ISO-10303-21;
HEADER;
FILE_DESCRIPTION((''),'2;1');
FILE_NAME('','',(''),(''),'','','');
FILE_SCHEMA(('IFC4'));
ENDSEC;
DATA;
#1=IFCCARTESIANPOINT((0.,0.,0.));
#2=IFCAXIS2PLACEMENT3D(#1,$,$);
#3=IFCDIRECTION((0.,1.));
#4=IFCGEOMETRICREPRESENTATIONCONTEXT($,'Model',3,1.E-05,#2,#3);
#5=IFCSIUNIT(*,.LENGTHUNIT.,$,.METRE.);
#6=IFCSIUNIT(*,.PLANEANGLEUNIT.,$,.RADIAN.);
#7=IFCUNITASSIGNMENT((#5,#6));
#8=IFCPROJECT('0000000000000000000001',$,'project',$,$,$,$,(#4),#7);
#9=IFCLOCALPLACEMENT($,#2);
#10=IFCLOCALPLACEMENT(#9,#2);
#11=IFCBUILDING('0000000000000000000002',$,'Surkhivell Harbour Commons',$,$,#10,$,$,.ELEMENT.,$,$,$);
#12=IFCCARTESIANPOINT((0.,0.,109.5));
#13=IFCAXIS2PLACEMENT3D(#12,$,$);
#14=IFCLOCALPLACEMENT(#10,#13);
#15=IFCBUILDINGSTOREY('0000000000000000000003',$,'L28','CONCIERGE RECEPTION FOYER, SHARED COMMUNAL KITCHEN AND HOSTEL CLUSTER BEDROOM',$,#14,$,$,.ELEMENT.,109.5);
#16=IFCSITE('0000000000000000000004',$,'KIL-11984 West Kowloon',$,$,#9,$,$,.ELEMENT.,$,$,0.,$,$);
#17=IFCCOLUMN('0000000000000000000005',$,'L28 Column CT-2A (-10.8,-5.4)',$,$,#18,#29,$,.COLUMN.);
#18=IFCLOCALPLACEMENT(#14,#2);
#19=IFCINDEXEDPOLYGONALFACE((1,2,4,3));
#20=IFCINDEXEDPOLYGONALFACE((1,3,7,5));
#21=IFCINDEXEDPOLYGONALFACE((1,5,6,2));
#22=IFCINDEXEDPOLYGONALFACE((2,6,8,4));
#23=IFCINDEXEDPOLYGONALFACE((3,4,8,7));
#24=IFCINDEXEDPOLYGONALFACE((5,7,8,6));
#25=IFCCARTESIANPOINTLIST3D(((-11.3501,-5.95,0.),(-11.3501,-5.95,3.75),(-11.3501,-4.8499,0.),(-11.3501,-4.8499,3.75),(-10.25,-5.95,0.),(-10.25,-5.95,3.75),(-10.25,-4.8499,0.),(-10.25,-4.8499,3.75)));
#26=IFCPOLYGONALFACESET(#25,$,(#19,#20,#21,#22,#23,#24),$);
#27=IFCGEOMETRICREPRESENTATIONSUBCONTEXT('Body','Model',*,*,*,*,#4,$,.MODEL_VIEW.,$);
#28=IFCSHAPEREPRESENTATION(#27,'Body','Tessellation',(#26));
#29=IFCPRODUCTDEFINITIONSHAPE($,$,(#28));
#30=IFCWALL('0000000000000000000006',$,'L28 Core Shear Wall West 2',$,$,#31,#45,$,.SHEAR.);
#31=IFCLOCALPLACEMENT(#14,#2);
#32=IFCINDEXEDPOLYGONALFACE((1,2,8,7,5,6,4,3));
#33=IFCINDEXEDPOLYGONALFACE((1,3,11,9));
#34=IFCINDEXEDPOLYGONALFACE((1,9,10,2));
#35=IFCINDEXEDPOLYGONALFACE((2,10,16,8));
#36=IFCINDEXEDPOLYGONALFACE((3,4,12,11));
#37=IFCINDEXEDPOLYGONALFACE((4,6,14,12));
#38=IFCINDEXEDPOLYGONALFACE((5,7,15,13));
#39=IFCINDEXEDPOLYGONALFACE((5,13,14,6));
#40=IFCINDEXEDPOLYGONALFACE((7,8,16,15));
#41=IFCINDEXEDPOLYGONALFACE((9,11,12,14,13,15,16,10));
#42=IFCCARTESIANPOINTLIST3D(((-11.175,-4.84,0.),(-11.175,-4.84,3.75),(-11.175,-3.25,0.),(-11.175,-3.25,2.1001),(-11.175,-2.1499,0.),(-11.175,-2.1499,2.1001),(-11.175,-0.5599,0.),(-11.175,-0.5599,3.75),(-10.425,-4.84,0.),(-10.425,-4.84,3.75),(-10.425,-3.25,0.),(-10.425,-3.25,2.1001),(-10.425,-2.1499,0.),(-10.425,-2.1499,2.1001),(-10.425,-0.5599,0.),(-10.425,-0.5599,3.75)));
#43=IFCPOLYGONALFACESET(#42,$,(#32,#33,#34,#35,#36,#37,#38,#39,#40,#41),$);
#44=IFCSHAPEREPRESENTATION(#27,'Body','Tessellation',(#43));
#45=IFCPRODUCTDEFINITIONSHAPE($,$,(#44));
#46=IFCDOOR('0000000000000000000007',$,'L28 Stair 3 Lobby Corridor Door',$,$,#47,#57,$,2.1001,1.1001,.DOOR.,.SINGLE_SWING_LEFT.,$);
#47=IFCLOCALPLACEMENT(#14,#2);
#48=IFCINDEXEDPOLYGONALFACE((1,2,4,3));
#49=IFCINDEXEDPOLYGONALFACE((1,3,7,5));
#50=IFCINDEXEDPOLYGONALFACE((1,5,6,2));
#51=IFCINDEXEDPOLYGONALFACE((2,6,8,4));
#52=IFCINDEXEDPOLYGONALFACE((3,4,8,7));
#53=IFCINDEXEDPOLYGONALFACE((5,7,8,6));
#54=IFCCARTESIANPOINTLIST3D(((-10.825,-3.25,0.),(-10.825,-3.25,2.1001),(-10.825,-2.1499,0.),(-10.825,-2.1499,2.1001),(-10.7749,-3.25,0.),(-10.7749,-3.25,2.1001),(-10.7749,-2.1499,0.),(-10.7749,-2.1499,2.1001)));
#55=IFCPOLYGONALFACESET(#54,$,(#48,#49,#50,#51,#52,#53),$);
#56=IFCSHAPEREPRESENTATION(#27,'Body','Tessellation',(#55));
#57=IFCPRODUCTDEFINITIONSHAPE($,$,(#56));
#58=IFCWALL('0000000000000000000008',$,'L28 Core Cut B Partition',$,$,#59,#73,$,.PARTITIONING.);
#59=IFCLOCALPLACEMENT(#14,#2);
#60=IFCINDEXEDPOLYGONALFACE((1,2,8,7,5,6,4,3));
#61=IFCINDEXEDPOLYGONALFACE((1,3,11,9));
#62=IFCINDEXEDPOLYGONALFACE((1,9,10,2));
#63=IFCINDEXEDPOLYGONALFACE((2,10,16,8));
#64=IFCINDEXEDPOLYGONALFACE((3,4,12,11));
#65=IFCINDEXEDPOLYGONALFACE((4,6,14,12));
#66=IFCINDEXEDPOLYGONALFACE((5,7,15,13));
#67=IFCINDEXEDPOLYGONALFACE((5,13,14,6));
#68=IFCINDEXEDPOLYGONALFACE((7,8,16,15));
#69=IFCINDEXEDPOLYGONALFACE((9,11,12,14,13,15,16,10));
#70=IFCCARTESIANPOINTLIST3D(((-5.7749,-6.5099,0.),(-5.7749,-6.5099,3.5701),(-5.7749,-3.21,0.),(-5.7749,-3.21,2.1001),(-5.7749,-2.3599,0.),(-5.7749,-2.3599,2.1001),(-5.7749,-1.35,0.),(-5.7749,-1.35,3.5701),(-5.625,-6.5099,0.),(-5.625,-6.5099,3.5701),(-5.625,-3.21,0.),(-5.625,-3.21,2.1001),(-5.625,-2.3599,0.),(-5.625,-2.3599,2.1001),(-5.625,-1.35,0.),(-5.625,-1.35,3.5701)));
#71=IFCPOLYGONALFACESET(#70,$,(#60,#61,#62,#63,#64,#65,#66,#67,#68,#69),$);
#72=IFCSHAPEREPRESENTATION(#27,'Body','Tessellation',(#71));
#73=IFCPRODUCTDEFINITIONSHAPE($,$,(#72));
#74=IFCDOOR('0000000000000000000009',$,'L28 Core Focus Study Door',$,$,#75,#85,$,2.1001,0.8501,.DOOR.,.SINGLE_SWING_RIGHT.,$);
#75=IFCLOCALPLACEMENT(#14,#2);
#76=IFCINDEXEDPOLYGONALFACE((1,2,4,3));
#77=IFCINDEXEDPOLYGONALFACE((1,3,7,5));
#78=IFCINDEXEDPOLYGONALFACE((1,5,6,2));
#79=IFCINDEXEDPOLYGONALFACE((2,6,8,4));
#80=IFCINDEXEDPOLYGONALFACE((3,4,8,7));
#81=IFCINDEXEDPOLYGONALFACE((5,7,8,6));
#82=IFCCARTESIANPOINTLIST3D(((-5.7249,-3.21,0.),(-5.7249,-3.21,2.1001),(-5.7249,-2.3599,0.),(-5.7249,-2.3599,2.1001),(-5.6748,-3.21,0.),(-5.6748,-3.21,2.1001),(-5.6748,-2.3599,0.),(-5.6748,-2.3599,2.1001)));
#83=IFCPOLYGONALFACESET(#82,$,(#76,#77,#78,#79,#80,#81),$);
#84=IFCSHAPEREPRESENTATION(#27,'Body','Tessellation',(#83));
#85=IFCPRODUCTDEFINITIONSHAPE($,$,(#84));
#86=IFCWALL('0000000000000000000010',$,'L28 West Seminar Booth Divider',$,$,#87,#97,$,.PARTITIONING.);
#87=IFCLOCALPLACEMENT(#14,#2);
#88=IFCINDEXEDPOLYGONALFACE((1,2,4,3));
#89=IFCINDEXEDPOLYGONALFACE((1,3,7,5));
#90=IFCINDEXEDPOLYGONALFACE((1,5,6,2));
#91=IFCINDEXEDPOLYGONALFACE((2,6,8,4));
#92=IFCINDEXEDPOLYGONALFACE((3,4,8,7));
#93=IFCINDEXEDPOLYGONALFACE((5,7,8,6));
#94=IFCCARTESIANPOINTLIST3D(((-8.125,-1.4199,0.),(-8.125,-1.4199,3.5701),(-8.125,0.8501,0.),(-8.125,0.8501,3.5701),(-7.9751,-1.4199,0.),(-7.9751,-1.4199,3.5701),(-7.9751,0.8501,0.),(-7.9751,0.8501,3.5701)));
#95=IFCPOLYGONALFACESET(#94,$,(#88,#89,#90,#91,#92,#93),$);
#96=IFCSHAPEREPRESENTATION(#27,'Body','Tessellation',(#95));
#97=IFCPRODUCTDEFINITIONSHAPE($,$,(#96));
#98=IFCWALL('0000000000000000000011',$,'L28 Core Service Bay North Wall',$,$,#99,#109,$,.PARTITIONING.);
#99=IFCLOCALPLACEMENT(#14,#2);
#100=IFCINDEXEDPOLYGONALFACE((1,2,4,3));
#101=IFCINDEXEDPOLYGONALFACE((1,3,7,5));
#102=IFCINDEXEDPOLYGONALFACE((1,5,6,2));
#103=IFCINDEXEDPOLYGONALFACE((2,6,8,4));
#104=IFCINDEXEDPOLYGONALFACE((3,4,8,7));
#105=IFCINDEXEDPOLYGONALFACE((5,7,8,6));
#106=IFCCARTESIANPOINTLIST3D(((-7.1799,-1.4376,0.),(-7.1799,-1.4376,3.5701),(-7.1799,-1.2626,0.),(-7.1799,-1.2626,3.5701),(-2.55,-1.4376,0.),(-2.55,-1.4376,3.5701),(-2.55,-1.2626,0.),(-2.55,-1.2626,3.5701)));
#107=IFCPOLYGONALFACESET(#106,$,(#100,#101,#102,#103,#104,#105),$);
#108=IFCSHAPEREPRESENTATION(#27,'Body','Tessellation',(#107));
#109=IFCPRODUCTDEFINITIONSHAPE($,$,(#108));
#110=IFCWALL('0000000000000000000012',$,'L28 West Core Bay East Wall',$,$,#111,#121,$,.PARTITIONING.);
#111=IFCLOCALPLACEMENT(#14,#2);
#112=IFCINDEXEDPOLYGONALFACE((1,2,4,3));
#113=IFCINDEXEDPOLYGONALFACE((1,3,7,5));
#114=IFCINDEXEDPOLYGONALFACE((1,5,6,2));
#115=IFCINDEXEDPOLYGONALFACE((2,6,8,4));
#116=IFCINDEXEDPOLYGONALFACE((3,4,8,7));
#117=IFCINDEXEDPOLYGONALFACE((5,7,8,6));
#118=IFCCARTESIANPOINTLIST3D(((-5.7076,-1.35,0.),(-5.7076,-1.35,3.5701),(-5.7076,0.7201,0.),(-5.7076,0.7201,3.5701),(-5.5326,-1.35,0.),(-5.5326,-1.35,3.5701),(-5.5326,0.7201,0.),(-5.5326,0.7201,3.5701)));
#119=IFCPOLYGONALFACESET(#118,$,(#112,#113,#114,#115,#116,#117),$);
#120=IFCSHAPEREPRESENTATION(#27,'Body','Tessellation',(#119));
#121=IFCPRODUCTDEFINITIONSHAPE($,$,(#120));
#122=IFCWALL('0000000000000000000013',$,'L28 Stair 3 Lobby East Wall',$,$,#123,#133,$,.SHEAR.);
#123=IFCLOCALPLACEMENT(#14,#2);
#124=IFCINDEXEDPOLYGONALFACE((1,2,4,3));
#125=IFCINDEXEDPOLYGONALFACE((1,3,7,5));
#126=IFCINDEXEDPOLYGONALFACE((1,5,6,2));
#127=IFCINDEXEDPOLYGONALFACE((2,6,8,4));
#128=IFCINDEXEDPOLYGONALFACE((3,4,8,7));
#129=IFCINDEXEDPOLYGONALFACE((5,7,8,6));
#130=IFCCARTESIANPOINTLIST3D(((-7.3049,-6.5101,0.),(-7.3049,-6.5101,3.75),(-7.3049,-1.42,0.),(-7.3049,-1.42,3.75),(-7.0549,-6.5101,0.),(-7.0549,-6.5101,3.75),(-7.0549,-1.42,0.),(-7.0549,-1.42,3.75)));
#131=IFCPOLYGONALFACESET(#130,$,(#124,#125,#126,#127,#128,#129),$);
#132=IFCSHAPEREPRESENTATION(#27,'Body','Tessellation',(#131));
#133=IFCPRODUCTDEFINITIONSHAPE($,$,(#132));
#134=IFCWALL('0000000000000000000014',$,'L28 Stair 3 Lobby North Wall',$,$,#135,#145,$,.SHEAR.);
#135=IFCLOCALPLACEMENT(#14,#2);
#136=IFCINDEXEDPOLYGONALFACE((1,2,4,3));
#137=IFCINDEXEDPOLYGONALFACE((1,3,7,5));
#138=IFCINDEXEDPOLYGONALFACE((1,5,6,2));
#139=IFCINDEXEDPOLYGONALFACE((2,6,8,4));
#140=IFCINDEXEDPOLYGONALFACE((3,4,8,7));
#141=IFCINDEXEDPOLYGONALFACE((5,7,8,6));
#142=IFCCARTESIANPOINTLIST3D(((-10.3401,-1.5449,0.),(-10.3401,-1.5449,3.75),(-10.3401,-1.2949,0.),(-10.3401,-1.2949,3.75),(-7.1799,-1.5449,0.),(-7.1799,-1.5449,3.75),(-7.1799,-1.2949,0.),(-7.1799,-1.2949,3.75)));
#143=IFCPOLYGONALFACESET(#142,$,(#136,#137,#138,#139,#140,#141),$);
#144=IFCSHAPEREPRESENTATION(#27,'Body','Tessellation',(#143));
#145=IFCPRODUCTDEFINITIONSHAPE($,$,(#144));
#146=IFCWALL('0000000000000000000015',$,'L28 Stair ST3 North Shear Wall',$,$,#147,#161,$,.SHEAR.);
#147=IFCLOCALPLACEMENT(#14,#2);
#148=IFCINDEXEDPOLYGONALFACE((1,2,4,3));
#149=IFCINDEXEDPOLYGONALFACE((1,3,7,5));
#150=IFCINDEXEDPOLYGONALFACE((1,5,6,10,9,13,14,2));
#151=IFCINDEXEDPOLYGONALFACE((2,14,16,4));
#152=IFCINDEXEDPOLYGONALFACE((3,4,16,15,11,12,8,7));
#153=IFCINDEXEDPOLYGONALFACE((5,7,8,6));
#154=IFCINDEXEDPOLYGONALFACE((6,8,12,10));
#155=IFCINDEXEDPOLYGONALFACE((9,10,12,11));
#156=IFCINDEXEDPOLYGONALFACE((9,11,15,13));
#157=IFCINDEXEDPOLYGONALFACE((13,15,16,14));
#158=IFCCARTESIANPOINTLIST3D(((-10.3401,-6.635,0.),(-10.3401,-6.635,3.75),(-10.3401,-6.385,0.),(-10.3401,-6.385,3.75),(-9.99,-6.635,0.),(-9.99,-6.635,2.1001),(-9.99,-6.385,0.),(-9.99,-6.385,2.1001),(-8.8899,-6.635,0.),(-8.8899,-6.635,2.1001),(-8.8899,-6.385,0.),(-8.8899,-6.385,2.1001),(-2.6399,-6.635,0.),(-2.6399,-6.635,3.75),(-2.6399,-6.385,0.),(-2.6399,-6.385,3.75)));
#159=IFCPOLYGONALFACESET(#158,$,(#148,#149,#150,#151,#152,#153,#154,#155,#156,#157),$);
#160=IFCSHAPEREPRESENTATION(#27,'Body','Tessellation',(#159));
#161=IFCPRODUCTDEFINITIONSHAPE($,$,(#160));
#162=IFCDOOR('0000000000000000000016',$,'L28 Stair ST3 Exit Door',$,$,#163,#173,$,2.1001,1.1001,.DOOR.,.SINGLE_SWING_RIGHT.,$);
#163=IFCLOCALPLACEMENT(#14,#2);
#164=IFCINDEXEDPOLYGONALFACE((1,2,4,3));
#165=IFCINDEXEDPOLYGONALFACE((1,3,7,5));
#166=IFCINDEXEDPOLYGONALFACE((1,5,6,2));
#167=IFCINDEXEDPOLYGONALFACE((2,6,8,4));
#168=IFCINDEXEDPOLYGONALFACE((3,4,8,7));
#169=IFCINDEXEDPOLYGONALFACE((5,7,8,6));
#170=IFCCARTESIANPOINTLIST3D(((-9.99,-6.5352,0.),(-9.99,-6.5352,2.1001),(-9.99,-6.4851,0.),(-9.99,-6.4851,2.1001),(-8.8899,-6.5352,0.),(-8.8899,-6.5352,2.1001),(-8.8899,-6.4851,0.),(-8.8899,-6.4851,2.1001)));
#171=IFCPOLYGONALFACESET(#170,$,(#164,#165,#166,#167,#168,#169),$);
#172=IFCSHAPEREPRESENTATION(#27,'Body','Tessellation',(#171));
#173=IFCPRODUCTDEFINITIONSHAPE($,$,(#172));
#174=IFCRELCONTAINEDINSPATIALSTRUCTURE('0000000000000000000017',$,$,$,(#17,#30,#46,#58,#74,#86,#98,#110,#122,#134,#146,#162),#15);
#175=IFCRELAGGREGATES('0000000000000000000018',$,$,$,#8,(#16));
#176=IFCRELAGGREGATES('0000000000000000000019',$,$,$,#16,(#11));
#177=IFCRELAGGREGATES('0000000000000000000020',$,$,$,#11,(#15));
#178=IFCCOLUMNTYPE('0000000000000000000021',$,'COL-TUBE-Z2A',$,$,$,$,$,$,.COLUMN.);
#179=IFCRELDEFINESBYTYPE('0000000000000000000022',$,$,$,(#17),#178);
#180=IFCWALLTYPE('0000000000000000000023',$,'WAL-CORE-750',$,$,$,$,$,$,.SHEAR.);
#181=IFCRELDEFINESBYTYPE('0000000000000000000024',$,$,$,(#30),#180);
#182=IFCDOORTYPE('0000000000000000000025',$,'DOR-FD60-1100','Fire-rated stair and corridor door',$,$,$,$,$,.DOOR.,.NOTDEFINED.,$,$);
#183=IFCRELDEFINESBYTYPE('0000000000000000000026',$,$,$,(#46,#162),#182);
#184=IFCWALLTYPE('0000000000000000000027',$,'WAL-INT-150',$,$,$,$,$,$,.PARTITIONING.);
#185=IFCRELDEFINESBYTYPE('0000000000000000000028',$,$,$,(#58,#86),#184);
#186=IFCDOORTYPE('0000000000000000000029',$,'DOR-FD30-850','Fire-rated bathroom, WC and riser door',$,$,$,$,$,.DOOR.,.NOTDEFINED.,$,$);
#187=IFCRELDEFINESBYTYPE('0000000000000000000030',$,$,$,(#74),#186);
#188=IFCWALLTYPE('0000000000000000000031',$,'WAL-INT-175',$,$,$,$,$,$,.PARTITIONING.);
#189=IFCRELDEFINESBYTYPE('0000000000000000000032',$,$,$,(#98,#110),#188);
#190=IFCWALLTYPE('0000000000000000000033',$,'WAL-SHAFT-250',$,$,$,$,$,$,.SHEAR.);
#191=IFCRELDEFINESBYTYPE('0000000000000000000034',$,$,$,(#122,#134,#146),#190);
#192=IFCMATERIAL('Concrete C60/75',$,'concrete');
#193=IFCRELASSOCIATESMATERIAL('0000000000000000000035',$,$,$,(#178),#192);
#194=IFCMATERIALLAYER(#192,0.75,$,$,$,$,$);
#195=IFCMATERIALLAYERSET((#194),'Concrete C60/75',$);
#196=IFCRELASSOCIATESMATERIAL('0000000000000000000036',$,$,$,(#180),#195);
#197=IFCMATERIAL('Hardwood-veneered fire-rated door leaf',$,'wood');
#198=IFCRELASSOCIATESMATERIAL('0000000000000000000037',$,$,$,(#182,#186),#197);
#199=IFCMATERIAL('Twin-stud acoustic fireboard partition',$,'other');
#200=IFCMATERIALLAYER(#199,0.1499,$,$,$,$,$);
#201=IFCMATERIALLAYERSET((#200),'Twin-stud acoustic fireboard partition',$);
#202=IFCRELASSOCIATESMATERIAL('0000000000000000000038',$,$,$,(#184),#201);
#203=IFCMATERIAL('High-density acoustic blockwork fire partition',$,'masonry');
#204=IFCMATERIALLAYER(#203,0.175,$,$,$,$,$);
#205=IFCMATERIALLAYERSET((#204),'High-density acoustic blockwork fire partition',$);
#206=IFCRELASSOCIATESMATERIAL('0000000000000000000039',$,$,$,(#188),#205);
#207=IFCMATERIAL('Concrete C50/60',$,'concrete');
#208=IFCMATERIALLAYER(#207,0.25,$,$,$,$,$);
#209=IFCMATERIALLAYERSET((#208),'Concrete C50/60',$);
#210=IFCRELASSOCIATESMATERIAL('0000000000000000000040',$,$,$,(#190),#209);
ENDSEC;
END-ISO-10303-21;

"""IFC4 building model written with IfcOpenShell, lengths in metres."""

from ifc_helpers import new_model, si_unit, direction, frame, frame_2d, origin, origin_2d, place, context, subcontext, project, spatial, rectangle, extrude, material, layer, layer_set, material_profile, profile_set, type_object, element, fill, save


model = new_model("IFC4")

# Units and contexts
model_context = context("Model", 3, precision=1e-05, world=origin(), true_north=direction((0.0, 1.0)))
body_context = subcontext(model_context, "Body", "Model", "MODEL_VIEW")
ifc_project = project(units=[si_unit("LENGTHUNIT", "METRE"), si_unit("PLANEANGLEUNIT", "RADIAN")], contexts=[model_context])

# Site, building, storey
site_placement = place(None, origin())
site = spatial("IfcSite", under=ifc_project, at=site_placement, Name="KIL-11984 West Kowloon", CompositionType="ELEMENT", RefElevation=0.0)
building_placement = place(site_placement, origin())
building = spatial("IfcBuilding", under=site, at=building_placement, Name="Surkhivell Harbour Commons", CompositionType="ELEMENT")
storey_placement = place(building_placement, frame((0.0, 0.0, 109.5)))
storey = spatial("IfcBuildingStorey", under=building, at=storey_placement, Name="L28", Description="CONCIERGE RECEPTION FOYER, SHARED COMMUNAL KITCHEN AND HOSTEL CLUSTER BEDROOM", CompositionType="ELEMENT", Elevation=109.5)

# Column
ifc_material_1 = material(Name="Concrete C60/75", Category="concrete")
ifc_material_profile = material_profile(ifc_material_1, rectangle(XDim=1.1001, YDim=1.1001, at=origin_2d()), Name="RC-COL-1100x1100")
ifc_profile_set = profile_set([ifc_material_profile], Name="Concrete C60/75")
column_type = type_object("IfcColumnType", Name="COL-TUBE-Z2A", PredefinedType="COLUMN", material=ifc_profile_set)
column_placement = place(storey_placement, frame((-10.8, -5.3999, 0.0), z_axis=(0.0, 0.0, 1.0), x_axis=(1.0, 0.0, 0.0)))
element("IfcColumn", 1, at=column_placement, inside=storey, type_object=column_type, Name="L28 Column CT-2A (-10.8,-5.4)", PredefinedType="COLUMN", context=body_context, shape_type="SweptSolid", body=[
    extrude(rectangle(XDim=1.1001, YDim=1.1001, at=origin_2d()), origin(), (0.0, 0.0, 1.0), 3.75),
])

# Walls, openings, doors
ifc_layer_1 = layer(ifc_material_1, 0.75)
ifc_layer_set_1 = layer_set([ifc_layer_1], Name="Concrete C60/75")
wall_type_1 = type_object("IfcWallType", Name="WAL-CORE-750", PredefinedType="SHEAR", material=ifc_layer_set_1)
wall_1_placement = place(storey_placement, frame((-10.8, -4.8401, 0.0), z_axis=(0.0, 0.0, 1.0), x_axis=(0.0, 1.0, 0.0)))
wall_1 = element("IfcWall", 2, at=wall_1_placement, inside=storey, type_object=wall_type_1, Name="L28 Core Shear Wall West 2", PredefinedType="SHEAR", context=body_context, shape_type="SweptSolid", body=[
    extrude(rectangle(XDim=4.28, YDim=0.75, at=frame_2d((2.1401, 0.0))), origin(), (0.0, 0.0, 1.0), 3.75),
])
opening_1_placement = place(wall_1_placement, frame((1.5901, 0.0, 0.0)))
opening_1 = element("IfcOpeningElement", 3, at=opening_1_placement, cuts=wall_1, PredefinedType="OPENING", context=body_context, shape_type="SweptSolid", body=[
    extrude(rectangle(XDim=1.1001, YDim=2.1001, at=frame_2d((0.55, 1.05))), frame((0.0, 0.385, 0.0), z_axis=(0.0, -1.0, 0.0), x_axis=(1.0, 0.0, 0.0)), (0.0, 0.0, 1.0), 0.77),
])
ifc_material_2 = material(Name="Hardwood-veneered fire-rated door leaf", Category="wood")
door_type_1 = type_object("IfcDoorType", Name="DOR-FD60-1100", Description="Fire-rated stair and corridor door", OperationType="NOTDEFINED", PredefinedType="DOOR", material=ifc_material_2)
door_1_placement = place(opening_1_placement, origin())
door_1 = element("IfcDoor", 4, at=door_1_placement, inside=storey, type_object=door_type_1, Name="L28 Stair 3 Lobby Corridor Door", OperationType="SINGLE_SWING_LEFT", OverallHeight=2.1001, OverallWidth=1.1001, PredefinedType="DOOR", context=body_context, shape_type="SweptSolid", body=[
    extrude(rectangle(XDim=1.1001, YDim=2.1001, at=frame_2d((0.55, 1.05))), frame((0.0, 0.0249, 0.0), z_axis=(0.0, -1.0, 0.0), x_axis=(1.0, 0.0, 0.0)), (0.0, 0.0, 1.0), 0.05),
])
fill(opening_1, door_1)
ifc_material_3 = material(Name="Twin-stud acoustic fireboard partition", Category="other")
ifc_layer_2 = layer(ifc_material_3, 0.1499)
ifc_layer_set_2 = layer_set([ifc_layer_2], Name="Twin-stud acoustic fireboard partition")
wall_type_2 = type_object("IfcWallType", Name="WAL-INT-150", PredefinedType="PARTITIONING", material=ifc_layer_set_2)
wall_2_placement = place(storey_placement, frame((-5.7, -6.51, 0.0), z_axis=(0.0, 0.0, 1.0), x_axis=(0.0, 1.0, 0.0)))
wall_2 = element("IfcWall", 5, at=wall_2_placement, inside=storey, type_object=wall_type_2, Name="L28 Core Cut B Partition", PredefinedType="PARTITIONING", context=body_context, shape_type="SweptSolid", body=[
    extrude(rectangle(XDim=5.1599, YDim=0.1499, at=frame_2d((2.5801, 0.0))), origin(), (0.0, 0.0, 1.0), 3.5701),
])
opening_2_placement = place(wall_2_placement, frame((3.3, 0.0, 0.0)))
opening_2 = element("IfcOpeningElement", 6, at=opening_2_placement, cuts=wall_2, PredefinedType="OPENING", context=body_context, shape_type="SweptSolid", body=[
    extrude(rectangle(XDim=0.8501, YDim=2.1001, at=frame_2d((0.425, 1.05))), frame((0.0, 0.085, 0.0), z_axis=(0.0, -1.0, 0.0), x_axis=(1.0, 0.0, 0.0)), (0.0, 0.0, 1.0), 0.1699),
])
door_type_2 = type_object("IfcDoorType", Name="DOR-FD30-850", Description="Fire-rated bathroom, WC and riser door", OperationType="NOTDEFINED", PredefinedType="DOOR", material=ifc_material_2)
door_2_placement = place(opening_2_placement, origin())
door_2 = element("IfcDoor", 7, at=door_2_placement, inside=storey, type_object=door_type_2, Name="L28 Core Focus Study Door", OperationType="SINGLE_SWING_RIGHT", OverallHeight=2.1001, OverallWidth=0.8501, PredefinedType="DOOR", context=body_context, shape_type="SweptSolid", body=[
    extrude(rectangle(XDim=0.8501, YDim=2.1001, at=frame_2d((0.425, 1.05))), frame((0.0, 0.0249, 0.0), z_axis=(0.0, -1.0, 0.0), x_axis=(1.0, 0.0, 0.0)), (0.0, 0.0, 1.0), 0.05),
])
fill(opening_2, door_2)

# Walls
wall_3_placement = place(storey_placement, frame((-8.05, -1.4199, 0.0), z_axis=(0.0, 0.0, 1.0), x_axis=(0.0, 1.0, 0.0)))
element("IfcWall", 8, at=wall_3_placement, inside=storey, type_object=wall_type_2, Name="L28 West Seminar Booth Divider", PredefinedType="PARTITIONING", context=body_context, shape_type="SweptSolid", body=[
    extrude(rectangle(XDim=2.27, YDim=0.1499, at=frame_2d((1.135, 0.0))), origin(), (0.0, 0.0, 1.0), 3.5701),
])
ifc_material_4 = material(Name="High-density acoustic blockwork fire partition", Category="masonry")
ifc_layer_3 = layer(ifc_material_4, 0.175)
ifc_layer_set_3 = layer_set([ifc_layer_3], Name="High-density acoustic blockwork fire partition")
wall_type_3 = type_object("IfcWallType", Name="WAL-INT-175", PredefinedType="PARTITIONING", material=ifc_layer_set_3)
wall_4_placement = place(storey_placement, frame((-7.1799, -1.3501, 0.0), z_axis=(0.0, 0.0, 1.0), x_axis=(1.0, 0.0, 0.0)))
element("IfcWall", 9, at=wall_4_placement, inside=storey, type_object=wall_type_3, Name="L28 Core Service Bay North Wall", PredefinedType="PARTITIONING", context=body_context, shape_type="SweptSolid", body=[
    extrude(rectangle(XDim=4.6299, YDim=0.175, at=frame_2d((2.3149, 0.0))), origin(), (0.0, 0.0, 1.0), 3.5701),
])
wall_5_placement = place(storey_placement, frame((-5.6201, -1.3501, 0.0), z_axis=(0.0, 0.0, 1.0), x_axis=(0.0, 1.0, 0.0)))
element("IfcWall", 10, at=wall_5_placement, inside=storey, type_object=wall_type_3, Name="L28 West Core Bay East Wall", PredefinedType="PARTITIONING", context=body_context, shape_type="SweptSolid", body=[
    extrude(rectangle(XDim=2.0701, YDim=0.175, at=frame_2d((1.0352, 0.0))), origin(), (0.0, 0.0, 1.0), 3.5701),
])
ifc_material_5 = material(Name="Concrete C50/60", Category="concrete")
ifc_layer_4 = layer(ifc_material_5, 0.25)
ifc_layer_set_4 = layer_set([ifc_layer_4], Name="Concrete C50/60")
wall_type_4 = type_object("IfcWallType", Name="WAL-SHAFT-250", PredefinedType="SHEAR", material=ifc_layer_set_4)
wall_6_placement = place(storey_placement, frame((-7.1799, -6.51, 0.0), z_axis=(0.0, 0.0, 1.0), x_axis=(0.0, 1.0, 0.0)))
element("IfcWall", 11, at=wall_6_placement, inside=storey, type_object=wall_type_4, Name="L28 Stair 3 Lobby East Wall", PredefinedType="SHEAR", context=body_context, shape_type="SweptSolid", body=[
    extrude(rectangle(XDim=5.0901, YDim=0.25, at=frame_2d((2.5449, 0.0))), origin(), (0.0, 0.0, 1.0), 3.75),
])
wall_7_placement = place(storey_placement, frame((-10.3401, -1.4199, 0.0), z_axis=(0.0, 0.0, 1.0), x_axis=(1.0, 0.0, 0.0)))
element("IfcWall", 12, at=wall_7_placement, inside=storey, type_object=wall_type_4, Name="L28 Stair 3 Lobby North Wall", PredefinedType="SHEAR", context=body_context, shape_type="SweptSolid", body=[
    extrude(rectangle(XDim=3.1602, YDim=0.25, at=frame_2d((1.5801, 0.0))), origin(), (0.0, 0.0, 1.0), 3.75),
])

# Wall, opening, door
wall_8_placement = place(storey_placement, frame((-10.3401, -6.51, 0.0), z_axis=(0.0, 0.0, 1.0), x_axis=(1.0, 0.0, 0.0)))
wall_8 = element("IfcWall", 13, at=wall_8_placement, inside=storey, type_object=wall_type_4, Name="L28 Stair ST3 North Shear Wall", PredefinedType="SHEAR", context=body_context, shape_type="SweptSolid", body=[
    extrude(rectangle(XDim=7.7002, YDim=0.25, at=frame_2d((3.8501, 0.0))), origin(), (0.0, 0.0, 1.0), 3.75),
])
opening_3_placement = place(wall_8_placement, frame((0.3501, 0.0, 0.0)))
opening_3 = element("IfcOpeningElement", 14, at=opening_3_placement, cuts=wall_8, PredefinedType="OPENING", context=body_context, shape_type="SweptSolid", body=[
    extrude(rectangle(XDim=1.1001, YDim=2.1001, at=frame_2d((0.55, 1.05))), frame((0.0, 0.135, 0.0), z_axis=(0.0, -1.0, 0.0), x_axis=(1.0, 0.0, 0.0)), (0.0, 0.0, 1.0), 0.27),
])
door_3_placement = place(opening_3_placement, origin())
door_3 = element("IfcDoor", 15, at=door_3_placement, inside=storey, type_object=door_type_1, Name="L28 Stair ST3 Exit Door", OperationType="SINGLE_SWING_RIGHT", OverallHeight=2.1001, OverallWidth=1.1001, PredefinedType="DOOR", context=body_context, shape_type="SweptSolid", body=[
    extrude(rectangle(XDim=1.1001, YDim=2.1001, at=frame_2d((0.55, 1.05))), frame((0.0, 0.0249, 0.0), z_axis=(0.0, -1.0, 0.0), x_axis=(1.0, 0.0, 0.0)), (0.0, 0.0, 1.0), 0.05),
])
fill(opening_3, door_3)

save(model, "model.ifc")
